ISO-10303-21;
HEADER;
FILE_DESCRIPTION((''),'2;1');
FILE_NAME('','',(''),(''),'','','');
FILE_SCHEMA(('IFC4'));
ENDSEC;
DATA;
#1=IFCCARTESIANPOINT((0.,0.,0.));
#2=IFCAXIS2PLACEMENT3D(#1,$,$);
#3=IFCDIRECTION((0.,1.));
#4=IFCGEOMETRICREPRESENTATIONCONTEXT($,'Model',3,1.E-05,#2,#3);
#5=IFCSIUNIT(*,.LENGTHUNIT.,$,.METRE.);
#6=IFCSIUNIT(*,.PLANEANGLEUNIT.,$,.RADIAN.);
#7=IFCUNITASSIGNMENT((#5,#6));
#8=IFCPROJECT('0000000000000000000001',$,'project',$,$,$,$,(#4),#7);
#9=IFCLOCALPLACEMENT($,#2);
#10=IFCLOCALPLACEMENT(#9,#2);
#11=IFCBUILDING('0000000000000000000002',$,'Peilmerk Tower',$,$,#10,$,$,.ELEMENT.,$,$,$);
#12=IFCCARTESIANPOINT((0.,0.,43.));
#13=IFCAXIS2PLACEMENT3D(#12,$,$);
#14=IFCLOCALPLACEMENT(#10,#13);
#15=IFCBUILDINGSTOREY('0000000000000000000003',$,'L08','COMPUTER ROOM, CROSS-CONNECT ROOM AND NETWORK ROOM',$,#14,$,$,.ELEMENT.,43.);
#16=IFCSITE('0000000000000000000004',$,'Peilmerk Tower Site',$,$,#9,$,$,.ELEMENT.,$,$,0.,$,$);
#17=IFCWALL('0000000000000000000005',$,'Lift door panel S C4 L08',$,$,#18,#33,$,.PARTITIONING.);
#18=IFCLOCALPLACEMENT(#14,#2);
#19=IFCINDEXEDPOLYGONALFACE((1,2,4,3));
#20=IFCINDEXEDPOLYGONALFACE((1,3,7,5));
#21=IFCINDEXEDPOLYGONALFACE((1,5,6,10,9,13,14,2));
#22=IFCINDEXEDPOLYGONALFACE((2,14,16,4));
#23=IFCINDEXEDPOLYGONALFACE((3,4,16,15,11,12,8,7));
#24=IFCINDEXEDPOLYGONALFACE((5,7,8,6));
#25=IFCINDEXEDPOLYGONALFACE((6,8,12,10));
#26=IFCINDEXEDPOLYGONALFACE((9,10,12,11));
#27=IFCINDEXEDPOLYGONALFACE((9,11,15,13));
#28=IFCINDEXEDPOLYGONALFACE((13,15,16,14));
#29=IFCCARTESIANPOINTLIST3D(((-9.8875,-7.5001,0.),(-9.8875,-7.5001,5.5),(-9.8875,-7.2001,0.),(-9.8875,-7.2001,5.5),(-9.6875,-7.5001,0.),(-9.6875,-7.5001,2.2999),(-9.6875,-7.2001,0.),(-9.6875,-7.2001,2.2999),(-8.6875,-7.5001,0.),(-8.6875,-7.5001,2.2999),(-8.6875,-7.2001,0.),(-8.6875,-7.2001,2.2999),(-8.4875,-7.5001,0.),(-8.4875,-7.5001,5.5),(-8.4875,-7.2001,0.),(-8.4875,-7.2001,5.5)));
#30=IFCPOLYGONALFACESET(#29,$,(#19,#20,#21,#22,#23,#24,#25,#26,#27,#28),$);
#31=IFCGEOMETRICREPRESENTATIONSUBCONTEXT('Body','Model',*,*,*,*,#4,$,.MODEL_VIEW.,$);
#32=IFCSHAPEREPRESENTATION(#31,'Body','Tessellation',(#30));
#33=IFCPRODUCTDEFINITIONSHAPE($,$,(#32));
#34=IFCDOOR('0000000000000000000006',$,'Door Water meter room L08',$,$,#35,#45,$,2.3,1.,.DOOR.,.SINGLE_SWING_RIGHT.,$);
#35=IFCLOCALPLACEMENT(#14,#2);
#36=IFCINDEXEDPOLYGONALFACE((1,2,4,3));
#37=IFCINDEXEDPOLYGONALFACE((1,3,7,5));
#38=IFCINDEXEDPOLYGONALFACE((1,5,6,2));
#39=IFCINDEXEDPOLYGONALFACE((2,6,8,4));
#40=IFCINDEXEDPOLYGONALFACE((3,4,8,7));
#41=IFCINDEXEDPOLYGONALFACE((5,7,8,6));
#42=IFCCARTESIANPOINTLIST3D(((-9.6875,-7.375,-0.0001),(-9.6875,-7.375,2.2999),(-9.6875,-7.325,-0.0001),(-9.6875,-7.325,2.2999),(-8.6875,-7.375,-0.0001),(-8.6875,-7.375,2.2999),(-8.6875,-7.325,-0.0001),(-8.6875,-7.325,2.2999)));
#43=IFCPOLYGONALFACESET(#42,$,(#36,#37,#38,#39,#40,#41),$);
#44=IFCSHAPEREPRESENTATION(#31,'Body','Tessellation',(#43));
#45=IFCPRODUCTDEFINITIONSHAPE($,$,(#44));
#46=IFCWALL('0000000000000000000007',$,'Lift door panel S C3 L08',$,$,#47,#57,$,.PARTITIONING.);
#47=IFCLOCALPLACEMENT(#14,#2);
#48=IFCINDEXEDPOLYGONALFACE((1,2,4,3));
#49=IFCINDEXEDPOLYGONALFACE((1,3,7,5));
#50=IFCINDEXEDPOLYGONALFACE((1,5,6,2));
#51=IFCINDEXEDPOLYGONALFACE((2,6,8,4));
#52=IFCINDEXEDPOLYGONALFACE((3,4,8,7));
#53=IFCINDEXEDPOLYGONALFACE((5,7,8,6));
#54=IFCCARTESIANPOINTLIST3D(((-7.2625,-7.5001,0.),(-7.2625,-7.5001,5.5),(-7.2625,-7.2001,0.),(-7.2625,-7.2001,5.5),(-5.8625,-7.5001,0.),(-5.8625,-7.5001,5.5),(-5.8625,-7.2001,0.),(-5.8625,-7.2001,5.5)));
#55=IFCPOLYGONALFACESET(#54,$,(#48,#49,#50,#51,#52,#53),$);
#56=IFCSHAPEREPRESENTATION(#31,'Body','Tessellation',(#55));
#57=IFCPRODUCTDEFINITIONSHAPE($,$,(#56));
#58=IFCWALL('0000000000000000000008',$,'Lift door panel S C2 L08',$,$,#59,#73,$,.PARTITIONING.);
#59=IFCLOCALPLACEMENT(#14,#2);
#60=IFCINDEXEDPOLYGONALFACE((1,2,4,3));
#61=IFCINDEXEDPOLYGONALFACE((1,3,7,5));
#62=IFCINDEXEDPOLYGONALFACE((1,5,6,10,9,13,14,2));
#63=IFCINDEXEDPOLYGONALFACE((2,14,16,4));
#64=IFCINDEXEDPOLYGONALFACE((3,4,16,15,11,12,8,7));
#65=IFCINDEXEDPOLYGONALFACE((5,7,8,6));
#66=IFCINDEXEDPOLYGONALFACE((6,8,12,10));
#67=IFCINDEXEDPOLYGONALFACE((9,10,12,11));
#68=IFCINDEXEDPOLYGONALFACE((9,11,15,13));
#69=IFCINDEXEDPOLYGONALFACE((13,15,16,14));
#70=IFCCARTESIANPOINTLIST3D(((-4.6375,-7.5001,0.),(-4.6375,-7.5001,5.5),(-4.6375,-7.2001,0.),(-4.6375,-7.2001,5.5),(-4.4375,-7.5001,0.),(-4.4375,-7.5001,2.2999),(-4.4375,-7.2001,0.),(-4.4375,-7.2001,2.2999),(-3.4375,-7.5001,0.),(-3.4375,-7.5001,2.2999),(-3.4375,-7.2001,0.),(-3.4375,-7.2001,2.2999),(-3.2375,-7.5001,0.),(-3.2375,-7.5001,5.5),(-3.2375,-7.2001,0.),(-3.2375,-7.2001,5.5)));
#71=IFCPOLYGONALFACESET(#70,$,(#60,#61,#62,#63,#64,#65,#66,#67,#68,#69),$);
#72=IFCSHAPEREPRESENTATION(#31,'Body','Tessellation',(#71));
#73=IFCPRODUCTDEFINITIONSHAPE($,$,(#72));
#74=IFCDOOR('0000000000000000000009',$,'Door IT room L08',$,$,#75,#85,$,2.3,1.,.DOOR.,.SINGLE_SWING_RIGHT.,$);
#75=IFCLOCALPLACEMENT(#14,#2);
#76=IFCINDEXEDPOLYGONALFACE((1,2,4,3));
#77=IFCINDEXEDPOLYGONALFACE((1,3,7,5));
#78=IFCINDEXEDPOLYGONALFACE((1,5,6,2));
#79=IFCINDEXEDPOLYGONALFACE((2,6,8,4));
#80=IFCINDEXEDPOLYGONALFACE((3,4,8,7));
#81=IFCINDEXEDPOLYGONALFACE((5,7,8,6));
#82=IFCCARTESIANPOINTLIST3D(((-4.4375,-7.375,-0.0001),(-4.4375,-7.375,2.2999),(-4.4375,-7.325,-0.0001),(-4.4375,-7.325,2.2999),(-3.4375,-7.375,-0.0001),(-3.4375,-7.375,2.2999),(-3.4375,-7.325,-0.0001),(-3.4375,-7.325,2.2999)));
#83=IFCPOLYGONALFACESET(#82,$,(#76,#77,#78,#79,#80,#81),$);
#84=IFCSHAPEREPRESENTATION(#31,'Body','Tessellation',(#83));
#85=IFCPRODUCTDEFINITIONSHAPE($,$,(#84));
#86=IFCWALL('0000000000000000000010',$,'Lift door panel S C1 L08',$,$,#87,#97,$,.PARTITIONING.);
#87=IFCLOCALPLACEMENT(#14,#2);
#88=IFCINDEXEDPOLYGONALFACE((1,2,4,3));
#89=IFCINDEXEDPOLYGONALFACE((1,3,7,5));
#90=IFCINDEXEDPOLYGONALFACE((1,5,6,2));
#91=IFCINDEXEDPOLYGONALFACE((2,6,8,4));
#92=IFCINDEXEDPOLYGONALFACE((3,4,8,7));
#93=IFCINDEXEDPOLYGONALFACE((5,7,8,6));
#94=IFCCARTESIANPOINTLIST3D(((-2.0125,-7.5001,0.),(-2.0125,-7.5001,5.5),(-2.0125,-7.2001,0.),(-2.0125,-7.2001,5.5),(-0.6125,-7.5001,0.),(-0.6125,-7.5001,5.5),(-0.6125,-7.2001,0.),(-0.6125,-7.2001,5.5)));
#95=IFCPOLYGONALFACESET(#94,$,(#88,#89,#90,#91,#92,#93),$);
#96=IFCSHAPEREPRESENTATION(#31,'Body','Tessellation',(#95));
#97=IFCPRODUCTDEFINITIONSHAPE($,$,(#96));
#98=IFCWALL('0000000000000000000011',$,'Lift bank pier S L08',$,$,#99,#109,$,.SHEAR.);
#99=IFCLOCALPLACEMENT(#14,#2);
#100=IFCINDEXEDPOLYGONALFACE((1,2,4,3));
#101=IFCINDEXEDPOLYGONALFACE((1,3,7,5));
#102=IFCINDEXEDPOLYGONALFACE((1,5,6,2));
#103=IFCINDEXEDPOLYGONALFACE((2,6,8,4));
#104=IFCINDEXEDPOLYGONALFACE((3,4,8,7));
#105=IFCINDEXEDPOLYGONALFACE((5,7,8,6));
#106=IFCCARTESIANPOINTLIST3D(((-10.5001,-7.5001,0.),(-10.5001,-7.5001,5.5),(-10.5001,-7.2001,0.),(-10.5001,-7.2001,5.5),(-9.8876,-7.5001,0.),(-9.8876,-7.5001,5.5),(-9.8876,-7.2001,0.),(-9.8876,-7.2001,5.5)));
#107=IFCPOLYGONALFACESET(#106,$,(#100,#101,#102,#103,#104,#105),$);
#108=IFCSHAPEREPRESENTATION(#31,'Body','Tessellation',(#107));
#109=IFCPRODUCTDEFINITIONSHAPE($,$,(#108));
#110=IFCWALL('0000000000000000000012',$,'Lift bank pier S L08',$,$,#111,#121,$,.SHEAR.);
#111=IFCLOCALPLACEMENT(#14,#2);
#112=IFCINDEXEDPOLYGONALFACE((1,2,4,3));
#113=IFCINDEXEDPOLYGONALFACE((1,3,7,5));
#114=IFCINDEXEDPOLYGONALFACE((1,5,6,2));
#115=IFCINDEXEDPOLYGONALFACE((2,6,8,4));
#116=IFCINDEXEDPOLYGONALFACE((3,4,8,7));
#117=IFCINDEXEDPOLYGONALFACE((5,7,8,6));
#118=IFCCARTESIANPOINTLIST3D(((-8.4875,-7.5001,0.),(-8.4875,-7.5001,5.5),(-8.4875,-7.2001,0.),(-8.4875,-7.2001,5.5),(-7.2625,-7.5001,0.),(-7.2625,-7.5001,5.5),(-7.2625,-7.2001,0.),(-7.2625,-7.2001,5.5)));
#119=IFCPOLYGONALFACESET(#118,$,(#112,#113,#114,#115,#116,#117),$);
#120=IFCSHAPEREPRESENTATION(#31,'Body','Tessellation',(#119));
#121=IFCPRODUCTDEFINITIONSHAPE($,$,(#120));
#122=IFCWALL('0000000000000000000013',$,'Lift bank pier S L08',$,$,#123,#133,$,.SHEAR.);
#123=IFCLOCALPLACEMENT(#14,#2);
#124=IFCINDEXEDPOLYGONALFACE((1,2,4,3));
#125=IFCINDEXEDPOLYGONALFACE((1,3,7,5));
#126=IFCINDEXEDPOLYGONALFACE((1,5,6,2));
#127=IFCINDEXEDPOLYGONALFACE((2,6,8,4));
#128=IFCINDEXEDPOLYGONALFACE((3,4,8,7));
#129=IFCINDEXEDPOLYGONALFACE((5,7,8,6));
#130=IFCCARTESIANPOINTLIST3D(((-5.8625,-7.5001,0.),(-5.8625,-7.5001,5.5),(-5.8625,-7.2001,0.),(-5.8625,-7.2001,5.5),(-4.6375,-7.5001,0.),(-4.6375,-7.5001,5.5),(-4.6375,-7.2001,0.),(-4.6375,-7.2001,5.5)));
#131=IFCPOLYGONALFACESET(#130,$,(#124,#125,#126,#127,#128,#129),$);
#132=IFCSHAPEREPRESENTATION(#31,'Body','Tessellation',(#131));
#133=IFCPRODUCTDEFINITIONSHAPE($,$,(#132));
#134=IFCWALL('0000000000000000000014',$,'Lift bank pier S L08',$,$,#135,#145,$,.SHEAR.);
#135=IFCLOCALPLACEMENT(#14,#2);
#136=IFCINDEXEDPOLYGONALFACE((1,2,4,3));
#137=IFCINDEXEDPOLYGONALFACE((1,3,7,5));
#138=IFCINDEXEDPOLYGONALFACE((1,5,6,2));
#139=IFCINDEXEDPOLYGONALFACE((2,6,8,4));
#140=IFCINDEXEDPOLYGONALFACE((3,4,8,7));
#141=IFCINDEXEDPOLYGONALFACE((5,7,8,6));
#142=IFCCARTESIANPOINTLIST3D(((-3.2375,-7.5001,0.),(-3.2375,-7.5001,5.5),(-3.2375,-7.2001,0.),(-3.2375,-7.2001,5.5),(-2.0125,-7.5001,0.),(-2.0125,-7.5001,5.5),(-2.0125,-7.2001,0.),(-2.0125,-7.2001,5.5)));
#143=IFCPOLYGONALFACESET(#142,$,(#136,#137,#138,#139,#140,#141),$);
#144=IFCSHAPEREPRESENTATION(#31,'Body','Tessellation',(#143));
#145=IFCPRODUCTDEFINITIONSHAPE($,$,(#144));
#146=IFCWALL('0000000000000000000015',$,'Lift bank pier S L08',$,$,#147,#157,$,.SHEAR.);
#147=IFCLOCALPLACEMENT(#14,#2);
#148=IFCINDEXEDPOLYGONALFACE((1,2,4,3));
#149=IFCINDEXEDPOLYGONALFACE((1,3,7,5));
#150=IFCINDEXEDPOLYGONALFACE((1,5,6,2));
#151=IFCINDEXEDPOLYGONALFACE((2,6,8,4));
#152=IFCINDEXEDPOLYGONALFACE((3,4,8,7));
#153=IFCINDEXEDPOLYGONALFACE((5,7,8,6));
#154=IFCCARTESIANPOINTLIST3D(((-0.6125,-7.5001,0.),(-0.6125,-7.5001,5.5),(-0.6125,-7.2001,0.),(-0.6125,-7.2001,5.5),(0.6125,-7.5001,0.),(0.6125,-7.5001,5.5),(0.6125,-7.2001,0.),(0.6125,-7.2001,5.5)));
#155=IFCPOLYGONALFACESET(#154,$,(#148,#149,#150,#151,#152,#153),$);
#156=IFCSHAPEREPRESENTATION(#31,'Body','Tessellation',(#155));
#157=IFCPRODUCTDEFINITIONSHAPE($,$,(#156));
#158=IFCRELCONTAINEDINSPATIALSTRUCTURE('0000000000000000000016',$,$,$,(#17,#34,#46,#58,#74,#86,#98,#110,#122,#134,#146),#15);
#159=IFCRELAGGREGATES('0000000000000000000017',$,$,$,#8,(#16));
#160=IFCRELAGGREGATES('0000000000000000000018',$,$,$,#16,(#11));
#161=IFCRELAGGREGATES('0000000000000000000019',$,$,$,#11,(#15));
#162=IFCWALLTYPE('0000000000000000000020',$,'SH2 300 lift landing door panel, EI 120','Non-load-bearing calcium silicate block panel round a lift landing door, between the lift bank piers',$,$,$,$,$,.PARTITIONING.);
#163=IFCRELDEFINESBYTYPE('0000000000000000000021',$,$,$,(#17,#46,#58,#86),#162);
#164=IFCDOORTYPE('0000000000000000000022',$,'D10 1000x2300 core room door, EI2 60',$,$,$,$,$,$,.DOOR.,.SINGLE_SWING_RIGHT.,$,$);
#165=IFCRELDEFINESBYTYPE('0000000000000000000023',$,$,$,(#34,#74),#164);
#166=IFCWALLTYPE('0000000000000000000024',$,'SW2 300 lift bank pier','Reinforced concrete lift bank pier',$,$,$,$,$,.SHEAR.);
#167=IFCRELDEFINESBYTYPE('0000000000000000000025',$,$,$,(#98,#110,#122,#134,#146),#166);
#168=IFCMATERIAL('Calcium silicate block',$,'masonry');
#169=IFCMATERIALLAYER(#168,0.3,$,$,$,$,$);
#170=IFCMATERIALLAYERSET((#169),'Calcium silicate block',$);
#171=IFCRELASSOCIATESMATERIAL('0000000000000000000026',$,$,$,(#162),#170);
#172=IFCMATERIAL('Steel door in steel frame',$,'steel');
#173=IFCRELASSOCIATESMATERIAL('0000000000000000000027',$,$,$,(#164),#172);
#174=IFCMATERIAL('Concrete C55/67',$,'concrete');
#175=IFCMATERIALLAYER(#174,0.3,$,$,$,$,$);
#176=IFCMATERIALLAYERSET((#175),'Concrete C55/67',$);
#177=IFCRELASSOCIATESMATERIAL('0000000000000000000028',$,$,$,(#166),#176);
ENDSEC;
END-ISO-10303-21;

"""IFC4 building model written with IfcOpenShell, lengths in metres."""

from ifc_helpers import new_model, si_unit, direction, frame, frame_2d, origin, place, context, subcontext, project, spatial, rectangle, extrude, material, layer, layer_set, type_object, element, fill, save


model = new_model("IFC4")

# Units and contexts
model_context = context("Model", 3, precision=1e-05, world=origin(), true_north=direction((0.0, 1.0)))
body_context = subcontext(model_context, "Body", "Model", "MODEL_VIEW")
ifc_project = project(units=[si_unit("LENGTHUNIT", "METRE"), si_unit("PLANEANGLEUNIT", "RADIAN")], contexts=[model_context])

# Site, building, storey
site_placement = place(None, origin())
site = spatial("IfcSite", under=ifc_project, at=site_placement, Name="Peilmerk Tower Site", CompositionType="ELEMENT", RefElevation=0.0)
building_placement = place(site_placement, origin())
building = spatial("IfcBuilding", under=site, at=building_placement, Name="Peilmerk Tower", CompositionType="ELEMENT")
storey_placement = place(building_placement, frame((0.0, 0.0, 43.0)))
storey = spatial("IfcBuildingStorey", under=building, at=storey_placement, Name="L08", Description="COMPUTER ROOM, CROSS-CONNECT ROOM AND NETWORK ROOM", CompositionType="ELEMENT", Elevation=43.0)

# Shared definitions
ifc_material_1 = material(Name="Calcium silicate block", Category="masonry")

# Wall, opening, door
ifc_layer_1 = layer(ifc_material_1, 0.3)
ifc_layer_set_1 = layer_set([ifc_layer_1], Name="Calcium silicate block")
wall_type_1 = type_object("IfcWallType", Name="SH2 300 lift landing door panel, EI 120", Description="Non-load-bearing calcium silicate block panel round a lift landing door, between the lift bank piers", PredefinedType="PARTITIONING", material=ifc_layer_set_1)
wall_1_placement = place(storey_placement, frame((-9.8875, -7.3501, 0.0), z_axis=(0.0, 0.0, 1.0), x_axis=(1.0, 0.0, 0.0)))
wall_1 = element("IfcWall", 1, at=wall_1_placement, inside=storey, type_object=wall_type_1, Name="Lift door panel S C4 L08", PredefinedType="PARTITIONING", context=body_context, shape_type="SweptSolid", body=[
    extrude(rectangle(XDim=1.3999, YDim=0.3, at=frame_2d((0.7, 0.0))), origin(), (0.0, 0.0, 1.0), 5.5),
])
opening_1_placement = place(wall_1_placement, frame((0.2, 0.0, 0.0)))
opening_1 = element("IfcOpeningElement", 2, at=opening_1_placement, cuts=wall_1, PredefinedType="OPENING", context=body_context, shape_type="SweptSolid", body=[
    extrude(rectangle(XDim=1.0, YDim=2.3, at=frame_2d((0.5, 1.1499))), frame((0.0, 0.1599, 0.0), z_axis=(0.0, -1.0, 0.0), x_axis=(1.0, 0.0, 0.0)), (0.0, 0.0, 1.0), 0.3201),
])
ifc_material_2 = material(Name="Steel door in steel frame", Category="steel")
door_type = type_object("IfcDoorType", Name="D10 1000x2300 core room door, EI2 60", OperationType="SINGLE_SWING_RIGHT", PredefinedType="DOOR", material=ifc_material_2)
door_1_placement = place(opening_1_placement, frame((1.0, 0.0, 0.0), z_axis=(0.0, 0.0, 1.0), x_axis=(-1.0, 0.0, 0.0)))
door_1 = element("IfcDoor", 3, at=door_1_placement, inside=storey, type_object=door_type, Name="Door Water meter room L08", OperationType="SINGLE_SWING_RIGHT", OverallHeight=2.3, OverallWidth=1.0, PredefinedType="DOOR", context=body_context, shape_type="SweptSolid", body=[
    extrude(rectangle(XDim=1.0, YDim=2.3, at=frame_2d((0.5, 1.1499))), frame((0.0, 0.0249, 0.0), z_axis=(0.0, -1.0, 0.0), x_axis=(1.0, 0.0, 0.0)), (0.0, 0.0, 1.0), 0.05),
])
fill(opening_1, door_1)

# Wall
wall_2_placement = place(storey_placement, frame((-7.2625, -7.3501, 0.0), z_axis=(0.0, 0.0, 1.0), x_axis=(1.0, 0.0, 0.0)))
element("IfcWall", 4, at=wall_2_placement, inside=storey, type_object=wall_type_1, Name="Lift door panel S C3 L08", PredefinedType="PARTITIONING", context=body_context, shape_type="SweptSolid", body=[
    extrude(rectangle(XDim=1.3999, YDim=0.3, at=frame_2d((0.7, 0.0))), origin(), (0.0, 0.0, 1.0), 5.5),
])

# Wall, opening, door
wall_3_placement = place(storey_placement, frame((-4.6375, -7.3501, 0.0), z_axis=(0.0, 0.0, 1.0), x_axis=(1.0, 0.0, 0.0)))
wall_3 = element("IfcWall", 5, at=wall_3_placement, inside=storey, type_object=wall_type_1, Name="Lift door panel S C2 L08", PredefinedType="PARTITIONING", context=body_context, shape_type="SweptSolid", body=[
    extrude(rectangle(XDim=1.3999, YDim=0.3, at=frame_2d((0.7, 0.0))), origin(), (0.0, 0.0, 1.0), 5.5),
])
opening_2_placement = place(wall_3_placement, frame((0.2, 0.0, 0.0)))
opening_2 = element("IfcOpeningElement", 6, at=opening_2_placement, cuts=wall_3, PredefinedType="OPENING", context=body_context, shape_type="SweptSolid", body=[
    extrude(rectangle(XDim=1.0, YDim=2.3, at=frame_2d((0.5, 1.1499))), frame((0.0, 0.1599, 0.0), z_axis=(0.0, -1.0, 0.0), x_axis=(1.0, 0.0, 0.0)), (0.0, 0.0, 1.0), 0.3201),
])
door_2_placement = place(opening_2_placement, frame((1.0, 0.0, 0.0), z_axis=(0.0, 0.0, 1.0), x_axis=(-1.0, 0.0, 0.0)))
door_2 = element("IfcDoor", 7, at=door_2_placement, inside=storey, type_object=door_type, Name="Door IT room L08", OperationType="SINGLE_SWING_RIGHT", OverallHeight=2.3, OverallWidth=1.0, PredefinedType="DOOR", context=body_context, shape_type="SweptSolid", body=[
    extrude(rectangle(XDim=1.0, YDim=2.3, at=frame_2d((0.5, 1.1499))), frame((0.0, 0.0249, 0.0), z_axis=(0.0, -1.0, 0.0), x_axis=(1.0, 0.0, 0.0)), (0.0, 0.0, 1.0), 0.05),
])
fill(opening_2, door_2)

# Walls
wall_4_placement = place(storey_placement, frame((-2.0125, -7.3501, 0.0), z_axis=(0.0, 0.0, 1.0), x_axis=(1.0, 0.0, 0.0)))
element("IfcWall", 8, at=wall_4_placement, inside=storey, type_object=wall_type_1, Name="Lift door panel S C1 L08", PredefinedType="PARTITIONING", context=body_context, shape_type="SweptSolid", body=[
    extrude(rectangle(XDim=1.3999, YDim=0.3, at=frame_2d((0.7, 0.0))), origin(), (0.0, 0.0, 1.0), 5.5),
])
ifc_material_3 = material(Name="Concrete C55/67", Category="concrete")
ifc_layer_2 = layer(ifc_material_3, 0.3)
ifc_layer_set_2 = layer_set([ifc_layer_2], Name="Concrete C55/67")
wall_type_2 = type_object("IfcWallType", Name="SW2 300 lift bank pier", Description="Reinforced concrete lift bank pier", PredefinedType="SHEAR", material=ifc_layer_set_2)
wall_5_placement = place(storey_placement, frame((-10.5, -7.3501, 0.0), z_axis=(0.0, 0.0, 1.0), x_axis=(1.0, 0.0, 0.0)))
element("IfcWall", 9, at=wall_5_placement, inside=storey, type_object=wall_type_2, Name="Lift bank pier S L08", PredefinedType="SHEAR", context=body_context, shape_type="SweptSolid", body=[
    extrude(rectangle(XDim=0.6125, YDim=0.3, at=frame_2d((0.3062, 0.0))), origin(), (0.0, 0.0, 1.0), 5.5),
])
for number, where, z_axis, x_axis, name in (
    (10, (-8.4875, -7.3501, 0.0), (0.0, 0.0, 1.0), (1.0, 0.0, 0.0), "Lift bank pier S L08"),
    (11, (-5.8625, -7.3501, 0.0), (0.0, 0.0, 1.0), (1.0, 0.0, 0.0), "Lift bank pier S L08"),
    (12, (-3.2375, -7.3501, 0.0), (0.0, 0.0, 1.0), (1.0, 0.0, 0.0), "Lift bank pier S L08"),
    (13, (-0.6125, -7.3501, 0.0), (0.0, 0.0, 1.0), (1.0, 0.0, 0.0), "Lift bank pier S L08"),
):
    element("IfcWall", number, at=place(storey_placement, frame(where, z_axis=z_axis, x_axis=x_axis)), inside=storey, type_object=wall_type_2, Name=name, PredefinedType="SHEAR", context=body_context, shape_type="SweptSolid", body=[
        extrude(rectangle(XDim=1.2251, YDim=0.3, at=frame_2d((0.6125, 0.0))), origin(), (0.0, 0.0, 1.0), 5.5),
    ])

save(model, "model.ifc")
